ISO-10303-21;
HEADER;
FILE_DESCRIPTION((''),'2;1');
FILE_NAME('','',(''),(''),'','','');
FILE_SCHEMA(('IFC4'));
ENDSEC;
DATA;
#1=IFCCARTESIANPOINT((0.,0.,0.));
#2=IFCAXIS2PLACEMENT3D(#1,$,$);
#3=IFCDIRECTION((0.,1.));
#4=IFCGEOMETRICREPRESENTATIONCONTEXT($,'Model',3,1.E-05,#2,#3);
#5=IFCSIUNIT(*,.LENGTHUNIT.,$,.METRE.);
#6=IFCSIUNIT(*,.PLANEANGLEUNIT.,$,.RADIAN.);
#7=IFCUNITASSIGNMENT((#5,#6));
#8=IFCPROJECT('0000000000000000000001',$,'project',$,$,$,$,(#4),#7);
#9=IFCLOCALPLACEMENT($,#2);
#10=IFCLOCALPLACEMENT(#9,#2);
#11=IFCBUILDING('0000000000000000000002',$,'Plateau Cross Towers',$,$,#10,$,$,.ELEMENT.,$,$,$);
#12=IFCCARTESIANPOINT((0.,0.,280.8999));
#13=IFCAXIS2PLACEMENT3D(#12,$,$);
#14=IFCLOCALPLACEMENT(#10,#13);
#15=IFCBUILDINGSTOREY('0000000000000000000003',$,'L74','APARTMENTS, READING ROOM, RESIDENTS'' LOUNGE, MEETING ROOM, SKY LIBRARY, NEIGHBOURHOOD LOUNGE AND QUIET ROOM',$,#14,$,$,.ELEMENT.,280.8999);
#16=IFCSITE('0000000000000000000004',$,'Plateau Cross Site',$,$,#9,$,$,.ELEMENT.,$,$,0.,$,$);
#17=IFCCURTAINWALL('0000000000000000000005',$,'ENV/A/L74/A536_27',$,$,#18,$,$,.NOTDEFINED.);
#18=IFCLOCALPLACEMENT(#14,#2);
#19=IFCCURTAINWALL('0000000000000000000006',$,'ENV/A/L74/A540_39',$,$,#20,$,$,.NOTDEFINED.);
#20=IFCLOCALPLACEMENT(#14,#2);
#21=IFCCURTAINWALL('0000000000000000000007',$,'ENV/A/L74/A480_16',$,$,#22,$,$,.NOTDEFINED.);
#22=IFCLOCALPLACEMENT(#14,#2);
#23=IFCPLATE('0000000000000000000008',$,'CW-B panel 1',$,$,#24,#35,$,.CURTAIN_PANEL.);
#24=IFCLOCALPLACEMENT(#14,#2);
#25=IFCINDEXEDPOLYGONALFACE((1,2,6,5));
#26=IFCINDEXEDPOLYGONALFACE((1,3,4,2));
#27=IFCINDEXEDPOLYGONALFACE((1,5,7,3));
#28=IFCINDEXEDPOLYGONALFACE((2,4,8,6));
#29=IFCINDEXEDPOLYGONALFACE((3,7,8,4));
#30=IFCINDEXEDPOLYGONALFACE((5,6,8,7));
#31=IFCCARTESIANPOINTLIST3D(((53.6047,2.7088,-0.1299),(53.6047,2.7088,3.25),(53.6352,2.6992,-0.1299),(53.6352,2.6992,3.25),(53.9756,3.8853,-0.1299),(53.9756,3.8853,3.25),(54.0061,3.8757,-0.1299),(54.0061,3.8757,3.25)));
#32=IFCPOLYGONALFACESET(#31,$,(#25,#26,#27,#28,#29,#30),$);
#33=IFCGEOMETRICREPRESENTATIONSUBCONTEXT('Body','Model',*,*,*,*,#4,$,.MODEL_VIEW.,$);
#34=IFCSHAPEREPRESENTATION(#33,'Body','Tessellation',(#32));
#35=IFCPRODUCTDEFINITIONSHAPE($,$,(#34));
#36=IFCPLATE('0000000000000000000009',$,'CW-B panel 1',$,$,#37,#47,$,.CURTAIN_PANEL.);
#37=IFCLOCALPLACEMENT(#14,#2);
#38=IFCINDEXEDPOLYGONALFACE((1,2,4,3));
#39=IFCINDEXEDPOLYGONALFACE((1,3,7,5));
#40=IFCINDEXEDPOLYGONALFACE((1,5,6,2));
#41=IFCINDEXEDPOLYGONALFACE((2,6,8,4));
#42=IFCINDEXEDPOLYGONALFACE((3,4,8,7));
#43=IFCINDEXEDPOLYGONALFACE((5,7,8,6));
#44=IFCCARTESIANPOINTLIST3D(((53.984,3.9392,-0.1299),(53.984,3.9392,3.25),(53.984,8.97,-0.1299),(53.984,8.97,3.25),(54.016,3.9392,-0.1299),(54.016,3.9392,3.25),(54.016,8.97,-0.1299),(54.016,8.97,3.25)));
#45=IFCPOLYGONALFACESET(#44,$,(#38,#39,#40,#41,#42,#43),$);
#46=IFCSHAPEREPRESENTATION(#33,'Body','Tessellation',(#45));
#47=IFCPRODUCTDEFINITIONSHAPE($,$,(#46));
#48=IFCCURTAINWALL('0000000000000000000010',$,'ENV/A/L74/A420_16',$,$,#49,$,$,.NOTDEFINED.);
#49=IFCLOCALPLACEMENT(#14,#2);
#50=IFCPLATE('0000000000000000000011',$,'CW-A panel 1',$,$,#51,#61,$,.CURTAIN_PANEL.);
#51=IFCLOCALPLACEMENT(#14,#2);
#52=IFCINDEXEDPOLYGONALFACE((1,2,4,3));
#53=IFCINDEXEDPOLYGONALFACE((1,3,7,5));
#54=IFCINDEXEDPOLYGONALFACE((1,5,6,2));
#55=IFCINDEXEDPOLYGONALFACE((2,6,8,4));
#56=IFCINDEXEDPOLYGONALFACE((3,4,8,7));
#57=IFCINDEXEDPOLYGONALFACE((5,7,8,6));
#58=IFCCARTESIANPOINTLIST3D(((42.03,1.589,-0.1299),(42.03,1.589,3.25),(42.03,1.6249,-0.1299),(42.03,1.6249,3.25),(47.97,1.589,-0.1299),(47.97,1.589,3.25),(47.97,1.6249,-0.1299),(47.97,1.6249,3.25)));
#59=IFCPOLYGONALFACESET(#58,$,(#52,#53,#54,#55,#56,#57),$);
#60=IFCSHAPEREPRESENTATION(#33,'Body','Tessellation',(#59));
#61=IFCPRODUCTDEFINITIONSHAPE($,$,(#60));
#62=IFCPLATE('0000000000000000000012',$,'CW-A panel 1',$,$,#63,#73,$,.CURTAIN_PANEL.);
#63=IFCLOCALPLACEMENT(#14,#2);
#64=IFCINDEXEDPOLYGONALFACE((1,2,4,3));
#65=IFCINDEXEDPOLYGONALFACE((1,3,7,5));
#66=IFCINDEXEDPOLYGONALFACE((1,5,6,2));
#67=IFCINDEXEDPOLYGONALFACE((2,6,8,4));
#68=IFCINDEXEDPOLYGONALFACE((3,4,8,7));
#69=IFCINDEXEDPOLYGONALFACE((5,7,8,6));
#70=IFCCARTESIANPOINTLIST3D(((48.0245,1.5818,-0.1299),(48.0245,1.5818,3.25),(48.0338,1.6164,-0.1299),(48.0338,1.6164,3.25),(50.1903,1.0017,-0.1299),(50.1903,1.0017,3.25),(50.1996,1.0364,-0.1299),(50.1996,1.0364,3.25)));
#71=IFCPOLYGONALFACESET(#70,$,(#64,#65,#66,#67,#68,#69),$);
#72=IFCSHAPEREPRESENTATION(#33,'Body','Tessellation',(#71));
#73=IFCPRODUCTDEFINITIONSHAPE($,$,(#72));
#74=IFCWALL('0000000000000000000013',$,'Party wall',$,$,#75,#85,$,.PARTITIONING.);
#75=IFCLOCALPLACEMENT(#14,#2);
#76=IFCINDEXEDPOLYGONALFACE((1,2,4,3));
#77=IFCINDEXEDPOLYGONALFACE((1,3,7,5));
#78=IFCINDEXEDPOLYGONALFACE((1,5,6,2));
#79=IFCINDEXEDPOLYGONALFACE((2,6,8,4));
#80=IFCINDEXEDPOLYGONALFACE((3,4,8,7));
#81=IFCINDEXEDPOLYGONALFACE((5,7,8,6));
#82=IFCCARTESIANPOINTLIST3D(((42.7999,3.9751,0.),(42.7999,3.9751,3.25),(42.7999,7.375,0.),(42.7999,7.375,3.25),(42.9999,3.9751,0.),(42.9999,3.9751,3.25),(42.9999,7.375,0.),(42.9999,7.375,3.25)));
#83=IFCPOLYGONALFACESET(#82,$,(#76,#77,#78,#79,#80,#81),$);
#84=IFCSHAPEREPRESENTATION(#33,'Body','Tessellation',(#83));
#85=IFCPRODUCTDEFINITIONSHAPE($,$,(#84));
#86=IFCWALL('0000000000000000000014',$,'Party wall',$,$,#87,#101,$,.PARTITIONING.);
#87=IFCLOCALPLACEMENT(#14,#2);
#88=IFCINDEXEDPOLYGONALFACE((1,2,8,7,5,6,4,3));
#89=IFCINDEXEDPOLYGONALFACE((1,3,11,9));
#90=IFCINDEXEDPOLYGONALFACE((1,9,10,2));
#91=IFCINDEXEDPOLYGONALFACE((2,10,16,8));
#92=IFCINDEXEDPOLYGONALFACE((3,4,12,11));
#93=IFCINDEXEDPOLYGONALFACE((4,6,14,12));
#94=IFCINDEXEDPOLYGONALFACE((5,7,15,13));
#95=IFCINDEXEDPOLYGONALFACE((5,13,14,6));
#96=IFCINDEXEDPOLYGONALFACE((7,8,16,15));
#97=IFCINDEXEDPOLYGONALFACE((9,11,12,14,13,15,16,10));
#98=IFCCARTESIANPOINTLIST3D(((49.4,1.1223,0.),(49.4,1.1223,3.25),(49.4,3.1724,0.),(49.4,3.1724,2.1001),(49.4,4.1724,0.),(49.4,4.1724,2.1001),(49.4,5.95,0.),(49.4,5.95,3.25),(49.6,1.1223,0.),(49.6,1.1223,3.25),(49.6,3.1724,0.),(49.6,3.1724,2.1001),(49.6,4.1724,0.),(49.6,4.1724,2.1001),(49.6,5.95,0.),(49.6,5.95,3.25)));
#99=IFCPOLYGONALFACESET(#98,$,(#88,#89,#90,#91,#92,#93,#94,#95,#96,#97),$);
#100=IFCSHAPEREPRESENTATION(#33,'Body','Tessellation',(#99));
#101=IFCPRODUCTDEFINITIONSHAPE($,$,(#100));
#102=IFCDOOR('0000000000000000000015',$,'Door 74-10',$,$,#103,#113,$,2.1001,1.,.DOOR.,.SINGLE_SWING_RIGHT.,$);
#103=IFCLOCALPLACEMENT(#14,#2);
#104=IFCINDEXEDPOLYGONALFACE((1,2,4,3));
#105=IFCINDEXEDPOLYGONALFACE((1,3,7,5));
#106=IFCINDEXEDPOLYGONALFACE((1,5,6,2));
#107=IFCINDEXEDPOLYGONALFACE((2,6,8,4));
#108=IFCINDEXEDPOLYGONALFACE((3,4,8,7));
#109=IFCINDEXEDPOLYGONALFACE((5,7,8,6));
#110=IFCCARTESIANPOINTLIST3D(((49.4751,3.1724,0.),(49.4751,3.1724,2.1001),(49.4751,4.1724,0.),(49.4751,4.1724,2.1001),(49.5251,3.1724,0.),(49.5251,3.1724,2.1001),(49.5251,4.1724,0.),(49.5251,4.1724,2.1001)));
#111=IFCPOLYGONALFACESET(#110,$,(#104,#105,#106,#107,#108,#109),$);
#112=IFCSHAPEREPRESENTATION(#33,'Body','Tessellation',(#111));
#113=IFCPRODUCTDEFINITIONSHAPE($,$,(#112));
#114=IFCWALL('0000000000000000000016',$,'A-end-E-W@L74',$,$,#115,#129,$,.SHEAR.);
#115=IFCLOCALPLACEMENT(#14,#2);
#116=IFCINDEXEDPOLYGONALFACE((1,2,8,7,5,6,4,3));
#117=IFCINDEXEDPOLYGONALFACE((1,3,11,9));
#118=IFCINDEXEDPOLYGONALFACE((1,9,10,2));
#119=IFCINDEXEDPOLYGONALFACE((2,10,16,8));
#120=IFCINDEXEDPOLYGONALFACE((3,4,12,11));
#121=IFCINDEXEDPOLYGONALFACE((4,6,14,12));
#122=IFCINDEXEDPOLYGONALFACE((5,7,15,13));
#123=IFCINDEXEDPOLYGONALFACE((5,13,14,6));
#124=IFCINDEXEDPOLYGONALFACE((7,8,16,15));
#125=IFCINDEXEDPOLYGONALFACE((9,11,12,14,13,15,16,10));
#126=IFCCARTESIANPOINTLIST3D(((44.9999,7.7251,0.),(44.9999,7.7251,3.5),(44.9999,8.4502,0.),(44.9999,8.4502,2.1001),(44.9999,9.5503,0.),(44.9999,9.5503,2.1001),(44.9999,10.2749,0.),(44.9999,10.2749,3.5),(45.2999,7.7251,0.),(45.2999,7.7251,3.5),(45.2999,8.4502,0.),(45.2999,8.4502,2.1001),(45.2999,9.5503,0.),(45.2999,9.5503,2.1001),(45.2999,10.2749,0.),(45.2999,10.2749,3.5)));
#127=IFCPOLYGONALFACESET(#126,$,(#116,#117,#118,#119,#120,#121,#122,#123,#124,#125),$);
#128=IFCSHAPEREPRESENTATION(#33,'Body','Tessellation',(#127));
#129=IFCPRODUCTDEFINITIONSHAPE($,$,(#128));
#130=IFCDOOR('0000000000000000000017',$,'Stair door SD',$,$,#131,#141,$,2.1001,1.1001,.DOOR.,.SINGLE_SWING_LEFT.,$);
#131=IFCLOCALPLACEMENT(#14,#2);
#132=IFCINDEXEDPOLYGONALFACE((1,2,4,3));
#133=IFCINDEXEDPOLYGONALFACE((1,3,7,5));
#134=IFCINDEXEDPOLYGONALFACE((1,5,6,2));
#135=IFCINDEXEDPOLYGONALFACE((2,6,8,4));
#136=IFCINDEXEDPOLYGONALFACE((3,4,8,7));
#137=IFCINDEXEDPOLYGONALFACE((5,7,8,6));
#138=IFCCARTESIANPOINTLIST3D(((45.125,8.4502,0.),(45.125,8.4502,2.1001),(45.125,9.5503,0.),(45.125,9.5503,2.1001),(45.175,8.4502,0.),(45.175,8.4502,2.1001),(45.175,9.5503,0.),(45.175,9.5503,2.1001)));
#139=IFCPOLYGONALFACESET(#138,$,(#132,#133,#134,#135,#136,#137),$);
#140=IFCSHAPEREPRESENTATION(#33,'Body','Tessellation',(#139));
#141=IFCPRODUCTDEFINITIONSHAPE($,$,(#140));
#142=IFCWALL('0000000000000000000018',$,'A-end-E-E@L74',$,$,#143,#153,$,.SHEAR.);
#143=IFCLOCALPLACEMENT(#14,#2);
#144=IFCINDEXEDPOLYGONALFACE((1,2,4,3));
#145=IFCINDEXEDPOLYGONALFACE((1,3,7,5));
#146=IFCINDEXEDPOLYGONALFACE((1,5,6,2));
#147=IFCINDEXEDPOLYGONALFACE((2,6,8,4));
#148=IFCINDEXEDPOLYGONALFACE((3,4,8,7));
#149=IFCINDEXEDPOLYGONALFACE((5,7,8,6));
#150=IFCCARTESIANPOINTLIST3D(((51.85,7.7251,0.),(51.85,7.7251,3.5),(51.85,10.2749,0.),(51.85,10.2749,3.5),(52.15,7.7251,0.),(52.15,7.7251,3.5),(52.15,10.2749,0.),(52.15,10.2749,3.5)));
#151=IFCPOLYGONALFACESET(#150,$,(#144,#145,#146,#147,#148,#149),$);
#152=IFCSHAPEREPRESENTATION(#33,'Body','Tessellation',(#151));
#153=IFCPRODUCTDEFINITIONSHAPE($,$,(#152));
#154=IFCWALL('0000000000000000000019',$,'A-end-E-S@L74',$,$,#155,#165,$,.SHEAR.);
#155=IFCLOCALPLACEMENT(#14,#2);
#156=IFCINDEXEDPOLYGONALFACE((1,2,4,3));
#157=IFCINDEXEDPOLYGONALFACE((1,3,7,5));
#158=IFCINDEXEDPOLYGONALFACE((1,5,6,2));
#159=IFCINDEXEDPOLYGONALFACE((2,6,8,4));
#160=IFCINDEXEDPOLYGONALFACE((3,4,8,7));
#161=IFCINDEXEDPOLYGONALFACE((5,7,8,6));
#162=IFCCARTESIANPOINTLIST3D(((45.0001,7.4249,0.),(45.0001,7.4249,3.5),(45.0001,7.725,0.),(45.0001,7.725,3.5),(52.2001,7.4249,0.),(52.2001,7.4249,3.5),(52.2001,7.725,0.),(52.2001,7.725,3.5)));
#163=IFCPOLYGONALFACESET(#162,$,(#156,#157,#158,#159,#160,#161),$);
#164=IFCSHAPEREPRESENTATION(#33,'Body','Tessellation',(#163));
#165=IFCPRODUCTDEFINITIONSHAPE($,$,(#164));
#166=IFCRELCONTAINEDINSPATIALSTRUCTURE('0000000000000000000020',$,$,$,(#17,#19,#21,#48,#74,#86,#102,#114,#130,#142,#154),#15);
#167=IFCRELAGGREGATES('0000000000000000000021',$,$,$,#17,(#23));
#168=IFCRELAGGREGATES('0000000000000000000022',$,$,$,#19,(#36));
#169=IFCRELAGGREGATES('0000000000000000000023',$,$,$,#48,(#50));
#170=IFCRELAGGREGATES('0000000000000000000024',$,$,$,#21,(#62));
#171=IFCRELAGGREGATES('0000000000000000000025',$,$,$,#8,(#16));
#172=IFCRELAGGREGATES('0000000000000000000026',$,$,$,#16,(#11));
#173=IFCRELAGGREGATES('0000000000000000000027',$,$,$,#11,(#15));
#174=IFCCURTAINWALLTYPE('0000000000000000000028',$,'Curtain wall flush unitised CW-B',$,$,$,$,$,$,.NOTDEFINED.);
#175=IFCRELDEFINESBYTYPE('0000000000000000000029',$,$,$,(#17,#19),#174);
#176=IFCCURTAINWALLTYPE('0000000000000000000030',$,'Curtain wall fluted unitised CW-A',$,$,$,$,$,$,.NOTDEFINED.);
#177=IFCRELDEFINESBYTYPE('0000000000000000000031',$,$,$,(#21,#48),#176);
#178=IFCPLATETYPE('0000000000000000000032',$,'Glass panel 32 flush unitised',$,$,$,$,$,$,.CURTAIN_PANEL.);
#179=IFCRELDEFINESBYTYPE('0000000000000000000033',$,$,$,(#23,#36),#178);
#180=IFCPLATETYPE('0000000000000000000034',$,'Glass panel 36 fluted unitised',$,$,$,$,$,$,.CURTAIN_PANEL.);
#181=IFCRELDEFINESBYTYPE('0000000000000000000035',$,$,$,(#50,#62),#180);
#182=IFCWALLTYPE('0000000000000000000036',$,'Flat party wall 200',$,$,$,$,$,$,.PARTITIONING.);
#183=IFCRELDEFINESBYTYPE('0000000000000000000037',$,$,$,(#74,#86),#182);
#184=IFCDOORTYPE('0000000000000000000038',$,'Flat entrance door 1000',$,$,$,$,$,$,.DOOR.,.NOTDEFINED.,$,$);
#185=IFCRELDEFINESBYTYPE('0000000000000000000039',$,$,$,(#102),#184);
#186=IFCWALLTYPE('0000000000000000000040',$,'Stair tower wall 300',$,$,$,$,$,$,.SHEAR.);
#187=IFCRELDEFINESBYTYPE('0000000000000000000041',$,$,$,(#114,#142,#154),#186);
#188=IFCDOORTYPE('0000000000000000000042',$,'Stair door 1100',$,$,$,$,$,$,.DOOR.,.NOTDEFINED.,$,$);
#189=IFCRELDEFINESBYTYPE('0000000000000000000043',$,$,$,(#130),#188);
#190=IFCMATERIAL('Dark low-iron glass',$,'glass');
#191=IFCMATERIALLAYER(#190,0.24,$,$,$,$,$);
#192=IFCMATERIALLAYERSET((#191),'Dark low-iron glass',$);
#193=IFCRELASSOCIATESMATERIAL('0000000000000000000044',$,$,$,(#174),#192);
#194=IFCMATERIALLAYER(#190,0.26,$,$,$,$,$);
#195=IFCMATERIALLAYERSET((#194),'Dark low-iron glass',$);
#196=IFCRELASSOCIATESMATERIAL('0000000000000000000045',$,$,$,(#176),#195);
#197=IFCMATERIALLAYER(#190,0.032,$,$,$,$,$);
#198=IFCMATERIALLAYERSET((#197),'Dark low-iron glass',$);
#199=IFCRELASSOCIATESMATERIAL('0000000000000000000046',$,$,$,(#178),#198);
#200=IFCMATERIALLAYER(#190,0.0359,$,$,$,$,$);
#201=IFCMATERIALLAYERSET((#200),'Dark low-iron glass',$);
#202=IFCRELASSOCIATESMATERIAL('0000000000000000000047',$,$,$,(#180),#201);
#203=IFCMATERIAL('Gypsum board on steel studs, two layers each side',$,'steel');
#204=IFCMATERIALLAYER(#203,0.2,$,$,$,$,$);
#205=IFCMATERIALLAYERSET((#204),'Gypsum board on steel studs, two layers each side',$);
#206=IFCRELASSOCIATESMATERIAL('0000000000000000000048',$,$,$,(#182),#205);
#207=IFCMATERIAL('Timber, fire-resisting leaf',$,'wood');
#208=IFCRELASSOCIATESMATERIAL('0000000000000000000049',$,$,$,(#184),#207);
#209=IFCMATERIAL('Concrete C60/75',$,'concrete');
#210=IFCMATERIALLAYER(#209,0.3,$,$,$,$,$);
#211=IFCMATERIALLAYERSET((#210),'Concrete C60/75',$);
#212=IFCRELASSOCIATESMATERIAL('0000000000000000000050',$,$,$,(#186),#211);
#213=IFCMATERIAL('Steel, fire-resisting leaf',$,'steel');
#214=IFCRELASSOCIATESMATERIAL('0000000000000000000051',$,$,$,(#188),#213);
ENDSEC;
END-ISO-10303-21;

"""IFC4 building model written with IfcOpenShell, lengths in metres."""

from ifc_helpers import new_model, si_unit, direction, frame, frame_2d, origin, origin_2d, place, context, subcontext, project, spatial, rectangle, extrude, material, layer, layer_set, type_object, element, fill, aggregate, save


model = new_model("IFC4")

# Units and contexts
model_context = context("Model", 3, precision=1e-05, world=origin(), true_north=direction((0.0, 1.0)))
body_context = subcontext(model_context, "Body", "Model", "MODEL_VIEW")
ifc_project = project(units=[si_unit("LENGTHUNIT", "METRE"), si_unit("PLANEANGLEUNIT", "RADIAN")], contexts=[model_context])

# Site, building, storey
site_placement = place(None, origin())
site = spatial("IfcSite", under=ifc_project, at=site_placement, Name="Plateau Cross Site", CompositionType="ELEMENT", RefElevation=0.0)
building_placement = place(site_placement, origin())
building = spatial("IfcBuilding", under=site, at=building_placement, Name="Plateau Cross Towers", CompositionType="ELEMENT")
storey_placement = place(building_placement, frame((0.0, 0.0, 280.8999)))
storey = spatial("IfcBuildingStorey", under=building, at=storey_placement, Name="L74", Description="APARTMENTS, READING ROOM, RESIDENTS' LOUNGE, MEETING ROOM, SKY LIBRARY, NEIGHBOURHOOD LOUNGE AND QUIET ROOM", CompositionType="ELEMENT", Elevation=280.8999)

# Shared definitions
ifc_material_1 = material(Name="Concrete C60/75", Category="concrete")

# Shared definitions
ifc_material_2 = material(Name="Dark low-iron glass", Category="glass")
ifc_layer_1 = layer(ifc_material_2, 0.24)
ifc_layer_set_1 = layer_set([ifc_layer_1], Name="Dark low-iron glass")
curtain_wall_type_1 = type_object("IfcCurtainWallType", Name="Curtain wall flush unitised CW-B", PredefinedType="NOTDEFINED", material=ifc_layer_set_1)

# Curtain walls
curtain_wall_1_placement = place(storey_placement, origin())
curtain_wall_1 = element("IfcCurtainWall", 1, at=curtain_wall_1_placement, inside=storey, type_object=curtain_wall_type_1, Name="ENV/A/L74/A536_27", PredefinedType="NOTDEFINED")
curtain_wall_2_placement = place(storey_placement, origin())
curtain_wall_2 = element("IfcCurtainWall", 2, at=curtain_wall_2_placement, inside=storey, type_object=curtain_wall_type_1, Name="ENV/A/L74/A540_39", PredefinedType="NOTDEFINED")
ifc_layer_2 = layer(ifc_material_2, 0.26)
ifc_layer_set_2 = layer_set([ifc_layer_2], Name="Dark low-iron glass")
curtain_wall_type_2 = type_object("IfcCurtainWallType", Name="Curtain wall fluted unitised CW-A", PredefinedType="NOTDEFINED", material=ifc_layer_set_2)
curtain_wall_3_placement = place(storey_placement, origin())
curtain_wall_3 = element("IfcCurtainWall", 3, at=curtain_wall_3_placement, inside=storey, type_object=curtain_wall_type_2, Name="ENV/A/L74/A480_16", PredefinedType="NOTDEFINED")

# Plates
ifc_layer_3 = layer(ifc_material_2, 0.032)
ifc_layer_set_3 = layer_set([ifc_layer_3], Name="Dark low-iron glass")
plate_type_1 = type_object("IfcPlateType", Name="Glass panel 32 flush unitised", PredefinedType="CURTAIN_PANEL", material=ifc_layer_set_3)
plate_1_placement = place(storey_placement, frame((53.8054, 3.2922, -0.1299), z_axis=(0.0, 0.0, 1.0), x_axis=(0.300686, 0.953723, 0.0)))
plate_1 = element("IfcPlate", 4, at=plate_1_placement, type_object=plate_type_1, Name="CW-B panel 1", PredefinedType="CURTAIN_PANEL", context=body_context, shape_type="SweptSolid", body=[
    extrude(rectangle(XDim=1.2336, YDim=0.032, at=origin_2d()), origin(), (0.0, 0.0, 1.0), 3.3799),
])
aggregate(curtain_wall_1, [plate_1])
plate_2_placement = place(storey_placement, frame((54.0, 6.4546, -0.1299), z_axis=(0.0, 0.0, 1.0), x_axis=(0.0, 1.0, 0.0)))
plate_2 = element("IfcPlate", 5, at=plate_2_placement, type_object=plate_type_1, Name="CW-B panel 1", PredefinedType="CURTAIN_PANEL", context=body_context, shape_type="SweptSolid", body=[
    extrude(rectangle(XDim=5.0308, YDim=0.032, at=origin_2d()), origin(), (0.0, 0.0, 1.0), 3.3799),
])
aggregate(curtain_wall_2, [plate_2])

# Curtain wall, plate
curtain_wall_4_placement = place(storey_placement, origin())
curtain_wall_4 = element("IfcCurtainWall", 6, at=curtain_wall_4_placement, inside=storey, type_object=curtain_wall_type_2, Name="ENV/A/L74/A420_16", PredefinedType="NOTDEFINED")
ifc_layer_4 = layer(ifc_material_2, 0.0359)
ifc_layer_set_4 = layer_set([ifc_layer_4], Name="Dark low-iron glass")
plate_type_2 = type_object("IfcPlateType", Name="Glass panel 36 fluted unitised", PredefinedType="CURTAIN_PANEL", material=ifc_layer_set_4)
plate_3_placement = place(storey_placement, frame((45.0, 1.6069, -0.1299), z_axis=(0.0, 0.0, 1.0), x_axis=(1.0, 0.0, 0.0)))
plate_3 = element("IfcPlate", 7, at=plate_3_placement, type_object=plate_type_2, Name="CW-A panel 1", PredefinedType="CURTAIN_PANEL", context=body_context, shape_type="SweptSolid", body=[
    extrude(rectangle(XDim=5.9399, YDim=0.0359, at=origin_2d()), origin(), (0.0, 0.0, 1.0), 3.3799),
])
aggregate(curtain_wall_4, [plate_3])

# Plate
plate_4_placement = place(storey_placement, frame((49.1121, 1.3091, -0.1299), z_axis=(0.0, 0.0, 1.0), x_axis=(0.965958, -0.258699, 0.0)))
plate_4 = element("IfcPlate", 8, at=plate_4_placement, type_object=plate_type_2, Name="CW-A panel 1", PredefinedType="CURTAIN_PANEL", context=body_context, shape_type="SweptSolid", body=[
    extrude(rectangle(XDim=2.2422, YDim=0.0359, at=origin_2d()), origin(), (0.0, 0.0, 1.0), 3.3799),
])
aggregate(curtain_wall_3, [plate_4])

# Wall
ifc_material_3 = material(Name="Gypsum board on steel studs, two layers each side", Category="steel")
ifc_layer_5 = layer(ifc_material_3, 0.2)
ifc_layer_set_5 = layer_set([ifc_layer_5], Name="Gypsum board on steel studs, two layers each side")
wall_type_1 = type_object("IfcWallType", Name="Flat party wall 200", PredefinedType="PARTITIONING", material=ifc_layer_set_5)
wall_1_placement = place(storey_placement, frame((42.8999, 3.9751, 0.0), z_axis=(0.0, 0.0, 1.0), x_axis=(0.0, 1.0, 0.0)))
element("IfcWall", 9, at=wall_1_placement, inside=storey, type_object=wall_type_1, Name="Party wall", PredefinedType="PARTITIONING", context=body_context, shape_type="SweptSolid", body=[
    extrude(rectangle(XDim=3.3999, YDim=0.2, at=frame_2d((1.7, 0.0))), origin(), (0.0, 0.0, 1.0), 3.25),
])

# Walls, openings, doors
wall_2_placement = place(storey_placement, frame((49.5, 1.1223, 0.0), z_axis=(0.0, 0.0, 1.0), x_axis=(0.0, 1.0, 0.0)))
wall_2 = element("IfcWall", 10, at=wall_2_placement, inside=storey, type_object=wall_type_1, Name="Party wall", PredefinedType="PARTITIONING", context=body_context, shape_type="SweptSolid", body=[
    extrude(rectangle(XDim=4.8276, YDim=0.2, at=frame_2d((2.4138, 0.0))), origin(), (0.0, 0.0, 1.0), 3.25),
])
opening_1_placement = place(wall_2_placement, frame((2.05, 0.0, 0.0)))
opening_1 = element("IfcOpeningElement", 11, at=opening_1_placement, cuts=wall_2, PredefinedType="OPENING", context=body_context, shape_type="SweptSolid", body=[
    extrude(rectangle(XDim=1.0, YDim=2.1001, at=frame_2d((0.5, 1.05))), frame((0.0, 0.1099, 0.0), z_axis=(0.0, -1.0, 0.0), x_axis=(1.0, 0.0, 0.0)), (0.0, 0.0, 1.0), 0.22),
])
ifc_material_4 = material(Name="Timber, fire-resisting leaf", Category="wood")
door_type_1 = type_object("IfcDoorType", Name="Flat entrance door 1000", OperationType="NOTDEFINED", PredefinedType="DOOR", material=ifc_material_4)
door_1_placement = place(opening_1_placement, origin())
door_1 = element("IfcDoor", 12, at=door_1_placement, inside=storey, type_object=door_type_1, Name="Door 74-10", OperationType="SINGLE_SWING_RIGHT", OverallHeight=2.1001, OverallWidth=1.0, PredefinedType="DOOR", context=body_context, shape_type="SweptSolid", body=[
    extrude(rectangle(XDim=1.0, YDim=2.1001, at=frame_2d((0.5, 1.05))), frame((0.0, 0.0249, 0.0), z_axis=(0.0, -1.0, 0.0), x_axis=(1.0, 0.0, 0.0)), (0.0, 0.0, 1.0), 0.05),
])
fill(opening_1, door_1)
ifc_layer_6 = layer(ifc_material_1, 0.3)
ifc_layer_set_6 = layer_set([ifc_layer_6], Name="Concrete C60/75")
wall_type_2 = type_object("IfcWallType", Name="Stair tower wall 300", PredefinedType="SHEAR", material=ifc_layer_set_6)
wall_3_placement = place(storey_placement, frame((45.1499, 7.7251, 0.0), z_axis=(0.0, 0.0, 1.0), x_axis=(0.0, 1.0, 0.0)))
wall_3 = element("IfcWall", 13, at=wall_3_placement, inside=storey, type_object=wall_type_2, Name="A-end-E-W@L74", PredefinedType="SHEAR", context=body_context, shape_type="SweptSolid", body=[
    extrude(rectangle(XDim=2.5498, YDim=0.3, at=frame_2d((1.2749, 0.0))), origin(), (0.0, 0.0, 1.0), 3.5),
])
opening_2_placement = place(wall_3_placement, frame((0.7251, 0.0, 0.0)))
opening_2 = element("IfcOpeningElement", 14, at=opening_2_placement, cuts=wall_3, PredefinedType="OPENING", context=body_context, shape_type="SweptSolid", body=[
    extrude(rectangle(XDim=1.1001, YDim=2.1001, at=frame_2d((0.55, 1.05))), frame((0.0, 0.1599, 0.0), z_axis=(0.0, -1.0, 0.0), x_axis=(1.0, 0.0, 0.0)), (0.0, 0.0, 1.0), 0.3201),
])
ifc_material_5 = material(Name="Steel, fire-resisting leaf", Category="steel")
door_type_2 = type_object("IfcDoorType", Name="Stair door 1100", OperationType="NOTDEFINED", PredefinedType="DOOR", material=ifc_material_5)
door_2_placement = place(opening_2_placement, origin())
door_2 = element("IfcDoor", 15, at=door_2_placement, inside=storey, type_object=door_type_2, Name="Stair door SD", OperationType="SINGLE_SWING_LEFT", OverallHeight=2.1001, OverallWidth=1.1001, PredefinedType="DOOR", context=body_context, shape_type="SweptSolid", body=[
    extrude(rectangle(XDim=1.1001, YDim=2.1001, at=frame_2d((0.55, 1.05))), frame((0.0, 0.0249, 0.0), z_axis=(0.0, -1.0, 0.0), x_axis=(1.0, 0.0, 0.0)), (0.0, 0.0, 1.0), 0.05),
])
fill(opening_2, door_2)

# Walls
wall_4_placement = place(storey_placement, frame((52.0, 7.7251, 0.0), z_axis=(0.0, 0.0, 1.0), x_axis=(0.0, 1.0, 0.0)))
element("IfcWall", 16, at=wall_4_placement, inside=storey, type_object=wall_type_2, Name="A-end-E-E@L74", PredefinedType="SHEAR", context=body_context, shape_type="SweptSolid", body=[
    extrude(rectangle(XDim=2.5498, YDim=0.3, at=frame_2d((1.2749, 0.0))), origin(), (0.0, 0.0, 1.0), 3.5),
])
wall_5_placement = place(storey_placement, frame((45.0, 7.575, 0.0), z_axis=(0.0, 0.0, 1.0), x_axis=(1.0, 0.0, 0.0)))
element("IfcWall", 17, at=wall_5_placement, inside=storey, type_object=wall_type_2, Name="A-end-E-S@L74", PredefinedType="SHEAR", context=body_context, shape_type="SweptSolid", body=[
    extrude(rectangle(XDim=7.2, YDim=0.3, at=frame_2d((3.6001, 0.0))), origin(), (0.0, 0.0, 1.0), 3.5),
])

save(model, "model.ifc")
